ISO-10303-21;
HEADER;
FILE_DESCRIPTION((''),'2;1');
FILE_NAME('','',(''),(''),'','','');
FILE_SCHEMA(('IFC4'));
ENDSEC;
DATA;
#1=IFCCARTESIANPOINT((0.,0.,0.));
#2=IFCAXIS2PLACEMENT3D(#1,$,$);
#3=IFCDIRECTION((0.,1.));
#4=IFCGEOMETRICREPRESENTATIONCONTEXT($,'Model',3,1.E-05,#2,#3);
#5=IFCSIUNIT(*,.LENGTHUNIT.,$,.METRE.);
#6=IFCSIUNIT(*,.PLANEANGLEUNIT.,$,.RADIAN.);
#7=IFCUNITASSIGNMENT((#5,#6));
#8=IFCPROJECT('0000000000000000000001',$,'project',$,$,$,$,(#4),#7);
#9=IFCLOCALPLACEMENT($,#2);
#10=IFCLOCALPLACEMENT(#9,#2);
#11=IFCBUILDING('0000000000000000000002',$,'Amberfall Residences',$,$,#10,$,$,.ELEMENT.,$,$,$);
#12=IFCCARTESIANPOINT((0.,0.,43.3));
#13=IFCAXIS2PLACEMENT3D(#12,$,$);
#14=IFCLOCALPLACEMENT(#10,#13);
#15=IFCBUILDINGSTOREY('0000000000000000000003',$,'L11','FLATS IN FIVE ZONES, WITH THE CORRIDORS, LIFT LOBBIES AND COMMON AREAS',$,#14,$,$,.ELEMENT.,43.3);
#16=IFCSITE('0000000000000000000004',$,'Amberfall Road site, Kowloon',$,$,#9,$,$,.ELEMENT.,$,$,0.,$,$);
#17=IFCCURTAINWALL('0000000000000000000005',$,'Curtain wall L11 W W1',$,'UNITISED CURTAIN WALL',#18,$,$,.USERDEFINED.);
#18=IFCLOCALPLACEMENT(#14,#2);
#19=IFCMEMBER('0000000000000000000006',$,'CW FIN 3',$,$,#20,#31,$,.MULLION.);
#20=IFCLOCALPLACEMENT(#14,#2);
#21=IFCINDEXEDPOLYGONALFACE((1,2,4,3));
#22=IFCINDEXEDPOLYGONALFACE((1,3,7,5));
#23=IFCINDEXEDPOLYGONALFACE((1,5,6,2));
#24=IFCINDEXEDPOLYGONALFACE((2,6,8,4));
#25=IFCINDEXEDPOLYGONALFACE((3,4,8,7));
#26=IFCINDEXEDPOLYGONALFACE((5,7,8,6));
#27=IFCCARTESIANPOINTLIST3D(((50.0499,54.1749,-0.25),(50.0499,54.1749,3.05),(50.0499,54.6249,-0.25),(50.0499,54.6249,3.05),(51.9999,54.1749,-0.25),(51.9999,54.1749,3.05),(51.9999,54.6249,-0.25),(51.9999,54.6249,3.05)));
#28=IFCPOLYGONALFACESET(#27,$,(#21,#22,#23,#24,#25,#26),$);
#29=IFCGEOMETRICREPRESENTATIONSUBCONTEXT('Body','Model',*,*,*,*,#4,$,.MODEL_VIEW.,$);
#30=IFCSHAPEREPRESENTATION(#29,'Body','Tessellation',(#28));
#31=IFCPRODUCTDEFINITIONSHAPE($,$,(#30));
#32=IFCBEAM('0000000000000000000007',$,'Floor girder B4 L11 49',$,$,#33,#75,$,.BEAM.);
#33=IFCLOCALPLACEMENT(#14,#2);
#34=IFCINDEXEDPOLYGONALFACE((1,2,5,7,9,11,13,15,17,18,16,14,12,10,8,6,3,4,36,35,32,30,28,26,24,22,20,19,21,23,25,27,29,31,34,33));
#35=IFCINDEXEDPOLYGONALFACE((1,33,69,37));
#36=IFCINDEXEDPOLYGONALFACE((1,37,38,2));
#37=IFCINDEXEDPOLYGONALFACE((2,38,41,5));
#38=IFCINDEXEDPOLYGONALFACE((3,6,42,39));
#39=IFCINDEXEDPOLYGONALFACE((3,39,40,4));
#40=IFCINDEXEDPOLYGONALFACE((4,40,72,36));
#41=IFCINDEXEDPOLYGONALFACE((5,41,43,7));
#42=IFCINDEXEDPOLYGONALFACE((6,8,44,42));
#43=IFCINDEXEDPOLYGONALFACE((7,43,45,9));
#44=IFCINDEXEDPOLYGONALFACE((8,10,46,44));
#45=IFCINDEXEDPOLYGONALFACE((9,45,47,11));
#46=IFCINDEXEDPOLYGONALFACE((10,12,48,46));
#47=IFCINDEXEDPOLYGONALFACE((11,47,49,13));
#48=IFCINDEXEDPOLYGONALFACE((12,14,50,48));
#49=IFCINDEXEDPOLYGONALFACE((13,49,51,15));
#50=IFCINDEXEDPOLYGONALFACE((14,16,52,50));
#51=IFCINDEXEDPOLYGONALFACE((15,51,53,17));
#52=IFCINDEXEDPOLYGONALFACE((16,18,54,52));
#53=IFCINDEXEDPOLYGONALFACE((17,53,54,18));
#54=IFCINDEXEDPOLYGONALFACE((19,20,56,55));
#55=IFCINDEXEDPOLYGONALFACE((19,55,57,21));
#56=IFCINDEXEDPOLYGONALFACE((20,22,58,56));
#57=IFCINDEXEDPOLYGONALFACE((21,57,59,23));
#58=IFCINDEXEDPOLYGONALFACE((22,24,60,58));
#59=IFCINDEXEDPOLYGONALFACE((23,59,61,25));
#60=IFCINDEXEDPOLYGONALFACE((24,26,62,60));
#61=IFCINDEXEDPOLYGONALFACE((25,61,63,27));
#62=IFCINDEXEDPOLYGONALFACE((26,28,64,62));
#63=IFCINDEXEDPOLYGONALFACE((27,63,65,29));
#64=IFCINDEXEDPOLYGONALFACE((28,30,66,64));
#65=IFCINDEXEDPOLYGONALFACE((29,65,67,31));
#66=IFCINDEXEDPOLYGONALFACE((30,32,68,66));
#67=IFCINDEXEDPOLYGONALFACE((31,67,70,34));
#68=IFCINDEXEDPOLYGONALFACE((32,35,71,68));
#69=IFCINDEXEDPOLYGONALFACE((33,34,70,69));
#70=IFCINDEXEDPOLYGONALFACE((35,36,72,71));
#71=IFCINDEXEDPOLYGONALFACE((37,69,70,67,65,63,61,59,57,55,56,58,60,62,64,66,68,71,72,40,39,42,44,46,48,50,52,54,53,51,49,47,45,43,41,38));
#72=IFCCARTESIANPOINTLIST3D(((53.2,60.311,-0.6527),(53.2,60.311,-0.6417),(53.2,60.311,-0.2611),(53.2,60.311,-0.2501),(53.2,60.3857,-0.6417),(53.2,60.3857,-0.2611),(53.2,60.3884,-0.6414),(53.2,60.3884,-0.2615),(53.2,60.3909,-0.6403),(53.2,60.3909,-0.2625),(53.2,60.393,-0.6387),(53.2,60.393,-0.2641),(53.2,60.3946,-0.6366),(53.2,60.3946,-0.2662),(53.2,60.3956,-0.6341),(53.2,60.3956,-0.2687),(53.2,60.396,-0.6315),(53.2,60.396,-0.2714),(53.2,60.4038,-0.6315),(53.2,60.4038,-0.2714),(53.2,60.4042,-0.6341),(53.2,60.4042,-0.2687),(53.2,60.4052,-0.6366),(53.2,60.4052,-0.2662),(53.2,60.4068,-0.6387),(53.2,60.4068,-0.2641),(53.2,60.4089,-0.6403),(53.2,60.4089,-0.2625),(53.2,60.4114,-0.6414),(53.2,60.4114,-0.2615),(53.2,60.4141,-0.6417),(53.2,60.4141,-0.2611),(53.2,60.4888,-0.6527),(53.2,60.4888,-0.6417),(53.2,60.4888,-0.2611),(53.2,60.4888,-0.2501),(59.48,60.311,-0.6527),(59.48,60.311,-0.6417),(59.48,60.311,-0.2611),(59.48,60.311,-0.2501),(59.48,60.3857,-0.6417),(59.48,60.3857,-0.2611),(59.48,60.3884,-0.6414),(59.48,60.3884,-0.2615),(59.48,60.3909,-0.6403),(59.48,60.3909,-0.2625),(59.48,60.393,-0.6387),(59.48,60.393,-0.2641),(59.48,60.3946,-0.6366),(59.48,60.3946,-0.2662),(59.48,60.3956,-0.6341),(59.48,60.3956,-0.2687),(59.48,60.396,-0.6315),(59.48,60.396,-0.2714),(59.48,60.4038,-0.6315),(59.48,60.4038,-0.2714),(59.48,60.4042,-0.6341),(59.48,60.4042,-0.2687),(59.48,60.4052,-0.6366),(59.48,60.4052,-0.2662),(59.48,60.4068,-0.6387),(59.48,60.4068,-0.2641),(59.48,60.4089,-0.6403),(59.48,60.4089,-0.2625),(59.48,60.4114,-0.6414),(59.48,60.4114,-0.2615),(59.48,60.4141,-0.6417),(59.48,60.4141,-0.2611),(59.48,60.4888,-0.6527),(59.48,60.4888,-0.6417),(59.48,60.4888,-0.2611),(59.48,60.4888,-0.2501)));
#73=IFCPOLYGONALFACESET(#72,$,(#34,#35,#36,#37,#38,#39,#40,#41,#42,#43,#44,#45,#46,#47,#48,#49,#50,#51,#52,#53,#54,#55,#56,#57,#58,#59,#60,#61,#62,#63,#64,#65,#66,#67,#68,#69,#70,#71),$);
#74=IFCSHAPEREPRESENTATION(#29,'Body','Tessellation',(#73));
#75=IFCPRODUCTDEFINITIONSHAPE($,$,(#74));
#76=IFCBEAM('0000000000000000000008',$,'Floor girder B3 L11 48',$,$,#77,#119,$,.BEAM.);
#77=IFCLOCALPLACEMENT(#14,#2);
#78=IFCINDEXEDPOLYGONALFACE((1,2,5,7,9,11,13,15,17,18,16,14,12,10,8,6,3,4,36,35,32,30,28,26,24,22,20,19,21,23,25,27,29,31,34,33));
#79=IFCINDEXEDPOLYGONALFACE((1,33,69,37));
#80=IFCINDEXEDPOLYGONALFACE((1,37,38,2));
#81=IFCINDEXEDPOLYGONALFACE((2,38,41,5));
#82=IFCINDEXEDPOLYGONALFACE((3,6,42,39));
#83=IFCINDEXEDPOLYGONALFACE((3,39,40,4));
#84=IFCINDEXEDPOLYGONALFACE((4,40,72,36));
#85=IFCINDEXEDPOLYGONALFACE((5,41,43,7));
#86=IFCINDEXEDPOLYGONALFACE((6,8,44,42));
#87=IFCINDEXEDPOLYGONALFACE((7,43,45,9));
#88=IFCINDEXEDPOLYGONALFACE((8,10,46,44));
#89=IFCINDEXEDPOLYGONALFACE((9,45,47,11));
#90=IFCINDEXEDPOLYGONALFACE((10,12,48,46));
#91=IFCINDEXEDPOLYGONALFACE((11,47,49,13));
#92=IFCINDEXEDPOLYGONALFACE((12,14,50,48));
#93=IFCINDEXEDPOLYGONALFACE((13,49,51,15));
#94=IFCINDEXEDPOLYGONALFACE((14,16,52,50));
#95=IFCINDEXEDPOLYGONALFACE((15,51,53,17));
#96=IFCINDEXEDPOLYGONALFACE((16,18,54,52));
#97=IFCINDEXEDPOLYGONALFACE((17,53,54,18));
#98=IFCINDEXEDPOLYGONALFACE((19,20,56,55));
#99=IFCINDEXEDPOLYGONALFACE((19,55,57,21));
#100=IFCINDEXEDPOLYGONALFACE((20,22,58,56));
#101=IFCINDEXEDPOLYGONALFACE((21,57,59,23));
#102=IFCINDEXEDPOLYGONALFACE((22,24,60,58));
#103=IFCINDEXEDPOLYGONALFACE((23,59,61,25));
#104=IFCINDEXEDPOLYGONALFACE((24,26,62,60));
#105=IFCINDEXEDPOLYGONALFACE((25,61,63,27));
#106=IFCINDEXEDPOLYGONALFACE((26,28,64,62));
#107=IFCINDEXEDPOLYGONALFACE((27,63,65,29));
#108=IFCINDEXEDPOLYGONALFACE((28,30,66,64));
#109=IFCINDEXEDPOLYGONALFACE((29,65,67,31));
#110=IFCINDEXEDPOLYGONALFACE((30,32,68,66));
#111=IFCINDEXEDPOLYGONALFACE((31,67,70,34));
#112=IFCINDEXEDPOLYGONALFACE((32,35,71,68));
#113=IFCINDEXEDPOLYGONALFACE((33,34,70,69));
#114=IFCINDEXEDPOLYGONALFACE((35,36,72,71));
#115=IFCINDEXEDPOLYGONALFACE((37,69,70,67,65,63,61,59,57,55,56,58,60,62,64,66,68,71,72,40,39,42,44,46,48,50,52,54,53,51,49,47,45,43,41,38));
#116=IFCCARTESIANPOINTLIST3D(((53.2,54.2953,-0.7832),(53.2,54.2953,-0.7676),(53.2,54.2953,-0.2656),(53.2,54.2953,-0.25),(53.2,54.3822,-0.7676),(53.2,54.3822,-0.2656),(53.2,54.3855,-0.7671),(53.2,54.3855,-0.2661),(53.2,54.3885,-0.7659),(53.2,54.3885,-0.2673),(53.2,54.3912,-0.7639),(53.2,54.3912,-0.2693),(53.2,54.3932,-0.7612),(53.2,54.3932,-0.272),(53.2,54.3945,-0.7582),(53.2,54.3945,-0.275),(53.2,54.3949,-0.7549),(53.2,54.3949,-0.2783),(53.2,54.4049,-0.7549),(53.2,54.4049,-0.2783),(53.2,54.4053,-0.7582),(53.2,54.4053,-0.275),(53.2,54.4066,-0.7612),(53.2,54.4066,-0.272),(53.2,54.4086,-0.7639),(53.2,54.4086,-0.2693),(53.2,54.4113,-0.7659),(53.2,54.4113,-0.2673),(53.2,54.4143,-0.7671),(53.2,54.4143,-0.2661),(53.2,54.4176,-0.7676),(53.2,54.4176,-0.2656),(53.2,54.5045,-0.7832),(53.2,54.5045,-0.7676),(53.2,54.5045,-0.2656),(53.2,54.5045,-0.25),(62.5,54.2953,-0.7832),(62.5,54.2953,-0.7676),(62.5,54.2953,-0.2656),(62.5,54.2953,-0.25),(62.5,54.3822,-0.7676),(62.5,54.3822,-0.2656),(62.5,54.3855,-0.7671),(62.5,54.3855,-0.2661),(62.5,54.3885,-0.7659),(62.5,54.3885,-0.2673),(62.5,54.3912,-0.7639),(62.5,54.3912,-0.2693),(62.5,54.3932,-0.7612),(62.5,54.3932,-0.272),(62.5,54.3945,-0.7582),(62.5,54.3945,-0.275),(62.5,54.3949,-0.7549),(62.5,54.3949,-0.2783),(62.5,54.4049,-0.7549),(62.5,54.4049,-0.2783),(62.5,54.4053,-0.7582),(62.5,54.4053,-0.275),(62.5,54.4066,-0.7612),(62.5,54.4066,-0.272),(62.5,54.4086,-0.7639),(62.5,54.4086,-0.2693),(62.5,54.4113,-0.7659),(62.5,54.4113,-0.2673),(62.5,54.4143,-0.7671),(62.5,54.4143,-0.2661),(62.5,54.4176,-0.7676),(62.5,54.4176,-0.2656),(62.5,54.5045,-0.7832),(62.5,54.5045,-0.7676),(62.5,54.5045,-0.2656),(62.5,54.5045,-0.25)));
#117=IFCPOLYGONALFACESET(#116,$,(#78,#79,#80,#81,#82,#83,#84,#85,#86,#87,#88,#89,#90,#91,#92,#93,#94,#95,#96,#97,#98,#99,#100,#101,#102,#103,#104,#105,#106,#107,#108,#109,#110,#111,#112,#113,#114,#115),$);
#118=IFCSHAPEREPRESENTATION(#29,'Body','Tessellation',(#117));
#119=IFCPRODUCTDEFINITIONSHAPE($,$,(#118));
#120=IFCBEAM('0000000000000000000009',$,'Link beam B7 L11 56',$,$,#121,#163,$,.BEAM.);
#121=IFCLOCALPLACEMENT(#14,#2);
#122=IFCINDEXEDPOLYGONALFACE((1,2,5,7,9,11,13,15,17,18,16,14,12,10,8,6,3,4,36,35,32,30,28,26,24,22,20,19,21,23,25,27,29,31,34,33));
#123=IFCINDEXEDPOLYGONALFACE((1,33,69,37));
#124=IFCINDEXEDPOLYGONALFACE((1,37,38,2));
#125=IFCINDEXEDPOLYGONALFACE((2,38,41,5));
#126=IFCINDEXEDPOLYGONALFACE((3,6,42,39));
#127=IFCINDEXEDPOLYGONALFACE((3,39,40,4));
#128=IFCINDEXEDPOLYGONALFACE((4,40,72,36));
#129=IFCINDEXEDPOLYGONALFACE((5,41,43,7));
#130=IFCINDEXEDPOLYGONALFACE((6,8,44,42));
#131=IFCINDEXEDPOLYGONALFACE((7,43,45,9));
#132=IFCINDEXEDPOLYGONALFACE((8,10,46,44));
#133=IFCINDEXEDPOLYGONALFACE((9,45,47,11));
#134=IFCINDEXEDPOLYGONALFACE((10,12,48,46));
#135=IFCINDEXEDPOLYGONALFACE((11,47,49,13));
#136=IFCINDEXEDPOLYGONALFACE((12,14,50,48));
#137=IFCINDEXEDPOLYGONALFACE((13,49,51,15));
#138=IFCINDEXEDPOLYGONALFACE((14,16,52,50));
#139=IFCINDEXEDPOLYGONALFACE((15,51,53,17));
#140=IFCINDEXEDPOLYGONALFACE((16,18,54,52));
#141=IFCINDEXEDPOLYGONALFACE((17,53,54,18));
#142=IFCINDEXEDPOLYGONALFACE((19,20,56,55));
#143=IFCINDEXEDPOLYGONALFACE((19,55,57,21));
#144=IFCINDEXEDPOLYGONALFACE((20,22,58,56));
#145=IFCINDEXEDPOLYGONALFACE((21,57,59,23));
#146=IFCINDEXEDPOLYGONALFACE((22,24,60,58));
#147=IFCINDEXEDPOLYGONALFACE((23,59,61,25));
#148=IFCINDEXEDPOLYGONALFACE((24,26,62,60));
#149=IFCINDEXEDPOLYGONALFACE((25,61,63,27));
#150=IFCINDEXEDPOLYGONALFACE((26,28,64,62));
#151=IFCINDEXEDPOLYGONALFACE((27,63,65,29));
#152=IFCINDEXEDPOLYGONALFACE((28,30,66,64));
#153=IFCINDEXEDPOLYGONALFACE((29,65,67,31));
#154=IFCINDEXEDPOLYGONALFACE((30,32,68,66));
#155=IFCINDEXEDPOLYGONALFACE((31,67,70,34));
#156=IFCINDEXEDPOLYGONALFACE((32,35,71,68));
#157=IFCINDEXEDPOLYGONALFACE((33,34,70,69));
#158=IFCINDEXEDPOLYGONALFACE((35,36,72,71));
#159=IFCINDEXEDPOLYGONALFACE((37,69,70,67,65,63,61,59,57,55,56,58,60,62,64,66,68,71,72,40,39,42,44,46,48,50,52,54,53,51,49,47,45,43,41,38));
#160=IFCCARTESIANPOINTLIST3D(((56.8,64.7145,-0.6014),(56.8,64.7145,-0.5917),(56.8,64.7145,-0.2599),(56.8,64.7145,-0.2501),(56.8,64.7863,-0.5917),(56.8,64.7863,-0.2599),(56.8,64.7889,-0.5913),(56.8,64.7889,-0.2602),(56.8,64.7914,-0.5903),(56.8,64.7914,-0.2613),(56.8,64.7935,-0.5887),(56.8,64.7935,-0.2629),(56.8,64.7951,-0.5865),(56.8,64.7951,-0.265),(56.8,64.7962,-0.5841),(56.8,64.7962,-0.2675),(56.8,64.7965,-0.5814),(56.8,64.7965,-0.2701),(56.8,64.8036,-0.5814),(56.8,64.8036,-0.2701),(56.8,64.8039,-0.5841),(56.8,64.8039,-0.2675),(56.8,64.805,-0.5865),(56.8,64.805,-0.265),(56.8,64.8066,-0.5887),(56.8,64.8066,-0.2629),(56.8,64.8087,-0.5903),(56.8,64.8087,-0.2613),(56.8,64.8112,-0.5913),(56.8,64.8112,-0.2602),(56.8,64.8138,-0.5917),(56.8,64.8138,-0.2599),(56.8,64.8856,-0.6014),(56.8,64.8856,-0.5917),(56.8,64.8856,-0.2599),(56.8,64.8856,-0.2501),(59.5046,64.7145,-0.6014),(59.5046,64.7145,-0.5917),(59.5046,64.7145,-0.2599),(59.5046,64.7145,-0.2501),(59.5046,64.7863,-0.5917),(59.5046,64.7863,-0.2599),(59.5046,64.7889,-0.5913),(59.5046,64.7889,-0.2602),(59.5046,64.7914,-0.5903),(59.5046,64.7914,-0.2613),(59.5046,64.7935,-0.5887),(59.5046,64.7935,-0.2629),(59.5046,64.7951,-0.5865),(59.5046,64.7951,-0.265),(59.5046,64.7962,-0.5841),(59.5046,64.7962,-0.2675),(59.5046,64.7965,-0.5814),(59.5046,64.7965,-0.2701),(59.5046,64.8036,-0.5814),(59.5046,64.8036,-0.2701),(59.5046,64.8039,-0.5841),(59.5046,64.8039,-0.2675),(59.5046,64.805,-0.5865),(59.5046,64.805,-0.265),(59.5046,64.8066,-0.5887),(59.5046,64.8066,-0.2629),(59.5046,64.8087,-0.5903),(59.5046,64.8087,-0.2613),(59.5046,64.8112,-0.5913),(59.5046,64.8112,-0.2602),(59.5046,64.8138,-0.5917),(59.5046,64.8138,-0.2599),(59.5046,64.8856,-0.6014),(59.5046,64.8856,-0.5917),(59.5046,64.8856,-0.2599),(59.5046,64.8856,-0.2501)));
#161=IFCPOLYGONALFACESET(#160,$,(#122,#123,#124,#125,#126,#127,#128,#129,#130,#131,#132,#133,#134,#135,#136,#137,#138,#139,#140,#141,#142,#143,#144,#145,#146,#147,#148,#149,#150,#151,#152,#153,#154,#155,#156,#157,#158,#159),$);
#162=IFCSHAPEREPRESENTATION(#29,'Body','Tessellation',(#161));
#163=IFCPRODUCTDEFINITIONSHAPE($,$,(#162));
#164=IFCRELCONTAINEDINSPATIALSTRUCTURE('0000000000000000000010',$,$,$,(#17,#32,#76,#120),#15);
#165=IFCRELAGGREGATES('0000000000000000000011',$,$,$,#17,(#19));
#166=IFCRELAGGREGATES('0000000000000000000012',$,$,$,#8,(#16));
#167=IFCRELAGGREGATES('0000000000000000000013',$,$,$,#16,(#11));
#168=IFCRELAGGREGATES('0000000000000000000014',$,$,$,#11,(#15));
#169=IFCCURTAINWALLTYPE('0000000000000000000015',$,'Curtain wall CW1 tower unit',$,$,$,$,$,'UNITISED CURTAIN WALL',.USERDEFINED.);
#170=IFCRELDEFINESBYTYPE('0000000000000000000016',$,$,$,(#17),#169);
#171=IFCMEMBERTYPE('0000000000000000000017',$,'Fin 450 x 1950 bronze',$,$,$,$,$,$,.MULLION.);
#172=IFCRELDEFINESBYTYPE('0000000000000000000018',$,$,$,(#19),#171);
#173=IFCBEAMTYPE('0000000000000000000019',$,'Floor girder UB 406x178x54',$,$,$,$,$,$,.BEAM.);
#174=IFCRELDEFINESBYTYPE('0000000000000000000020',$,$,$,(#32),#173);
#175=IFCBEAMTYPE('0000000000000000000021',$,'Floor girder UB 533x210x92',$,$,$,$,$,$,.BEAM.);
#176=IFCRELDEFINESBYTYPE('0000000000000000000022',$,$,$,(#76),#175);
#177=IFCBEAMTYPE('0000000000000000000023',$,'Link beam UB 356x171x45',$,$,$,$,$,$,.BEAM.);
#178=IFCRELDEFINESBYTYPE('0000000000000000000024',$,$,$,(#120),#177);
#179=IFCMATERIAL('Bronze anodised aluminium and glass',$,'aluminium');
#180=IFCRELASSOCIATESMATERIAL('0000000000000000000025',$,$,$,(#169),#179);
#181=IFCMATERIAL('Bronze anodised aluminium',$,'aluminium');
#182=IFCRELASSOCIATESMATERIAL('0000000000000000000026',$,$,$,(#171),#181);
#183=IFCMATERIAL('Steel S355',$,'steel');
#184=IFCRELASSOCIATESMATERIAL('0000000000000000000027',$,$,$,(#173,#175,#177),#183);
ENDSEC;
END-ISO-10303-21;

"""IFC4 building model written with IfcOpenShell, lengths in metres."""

from ifc_helpers import new_model, si_unit, direction, frame, origin, origin_2d, place, context, subcontext, project, spatial, rectangle, i_section, extrude, material, material_profile, profile_set, type_object, element, aggregate, save


model = new_model("IFC4")

# Units and contexts
model_context = context("Model", 3, precision=1e-05, world=origin(), true_north=direction((0.0, 1.0)))
body_context = subcontext(model_context, "Body", "Model", "MODEL_VIEW")
ifc_project = project(units=[si_unit("LENGTHUNIT", "METRE"), si_unit("PLANEANGLEUNIT", "RADIAN")], contexts=[model_context])

# Site, building, storey
site_placement = place(None, origin())
site = spatial("IfcSite", under=ifc_project, at=site_placement, Name="Amberfall Road site, Kowloon", CompositionType="ELEMENT", RefElevation=0.0)
building_placement = place(site_placement, origin())
building = spatial("IfcBuilding", under=site, at=building_placement, Name="Amberfall Residences", CompositionType="ELEMENT")
storey_placement = place(building_placement, frame((0.0, 0.0, 43.3)))
storey = spatial("IfcBuildingStorey", under=building, at=storey_placement, Name="L11", Description="FLATS IN FIVE ZONES, WITH THE CORRIDORS, LIFT LOBBIES AND COMMON AREAS", CompositionType="ELEMENT", Elevation=43.3)

# Shared definitions
ifc_material_1 = material(Name="Bronze anodised aluminium and glass", Category="aluminium")
curtain_wall_type = type_object("IfcCurtainWallType", Name="Curtain wall CW1 tower unit", ElementType="UNITISED CURTAIN WALL", PredefinedType="USERDEFINED", material=ifc_material_1)
ifc_material_2 = material(Name="Bronze anodised aluminium", Category="aluminium")

# Curtain wall
curtain_wall_1_placement = place(storey_placement, origin())
curtain_wall_1 = element("IfcCurtainWall", 1, at=curtain_wall_1_placement, inside=storey, type_object=curtain_wall_type, Name="Curtain wall L11 W W1", ObjectType="UNITISED CURTAIN WALL", PredefinedType="USERDEFINED")

# Shared definitions
ifc_material_3 = material(Name="Steel S355", Category="steel")

# Member
ifc_material_profile_1 = material_profile(ifc_material_2, rectangle(XDim=1.95, YDim=0.45, at=origin_2d()), Name="Fin 450 x 1950 bronze")
ifc_profile_set_1 = profile_set([ifc_material_profile_1], Name="Bronze anodised aluminium")
member_type_1 = type_object("IfcMemberType", Name="Fin 450 x 1950 bronze", PredefinedType="MULLION", material=ifc_profile_set_1)
member_1_placement = place(storey_placement, frame((51.0249, 54.3999, -0.25), z_axis=(0.0, 0.0, 1.0), x_axis=(1.0, 0.0, 0.0)))
member_1 = element("IfcMember", 2, at=member_1_placement, type_object=member_type_1, Name="CW FIN 3", PredefinedType="MULLION", context=body_context, shape_type="SweptSolid", body=[
    extrude(rectangle(XDim=1.95, YDim=0.45, at=origin_2d()), origin(), (0.0, 0.0, 1.0), 3.3),
])

# Beams
ifc_material_profile_2 = material_profile(ifc_material_3, i_section(OverallWidth=0.1777, OverallDepth=0.4026, WebThickness=0.0078, FlangeThickness=0.011, FilletRadius=0.0103, at=origin_2d()), Name="UB 406x178x54")
ifc_profile_set_2 = profile_set([ifc_material_profile_2], Name="Steel S355")
beam_type_1 = type_object("IfcBeamType", Name="Floor girder UB 406x178x54", PredefinedType="BEAM", material=ifc_profile_set_2)
beam_1_placement = place(storey_placement, frame((53.2, 60.3999, -0.4514), z_axis=(1.0, 0.0, 0.0), x_axis=(0.0, 1.0, 0.0)))
element("IfcBeam", 3, at=beam_1_placement, inside=storey, type_object=beam_type_1, Name="Floor girder B4 L11 49", PredefinedType="BEAM", context=body_context, shape_type="SweptSolid", body=[
    extrude(i_section(OverallWidth=0.1777, OverallDepth=0.4026, WebThickness=0.0078, FlangeThickness=0.011, FilletRadius=0.0103, at=origin_2d()), origin(), (0.0, 0.0, 1.0), 6.28),
])
ifc_material_profile_3 = material_profile(ifc_material_3, i_section(OverallWidth=0.2092, OverallDepth=0.5332, WebThickness=0.01, FlangeThickness=0.0156, FilletRadius=0.0127, at=origin_2d()), Name="UB 533x210x92")
ifc_profile_set_3 = profile_set([ifc_material_profile_3], Name="Steel S355")
beam_type_2 = type_object("IfcBeamType", Name="Floor girder UB 533x210x92", PredefinedType="BEAM", material=ifc_profile_set_3)
beam_2_placement = place(storey_placement, frame((53.2, 54.3999, -0.5166), z_axis=(1.0, 0.0, 0.0), x_axis=(0.0, 1.0, 0.0)))
element("IfcBeam", 4, at=beam_2_placement, inside=storey, type_object=beam_type_2, Name="Floor girder B3 L11 48", PredefinedType="BEAM", context=body_context, shape_type="SweptSolid", body=[
    extrude(i_section(OverallWidth=0.2092, OverallDepth=0.5332, WebThickness=0.01, FlangeThickness=0.0156, FilletRadius=0.0127, at=origin_2d()), origin(), (0.0, 0.0, 1.0), 9.3),
])
ifc_material_profile_4 = material_profile(ifc_material_3, i_section(OverallWidth=0.1711, OverallDepth=0.3513, WebThickness=0.0071, FlangeThickness=0.0098, FilletRadius=0.0103, at=origin_2d()), Name="UB 356x171x45")
ifc_profile_set_4 = profile_set([ifc_material_profile_4], Name="Steel S355")
beam_type_3 = type_object("IfcBeamType", Name="Link beam UB 356x171x45", PredefinedType="BEAM", material=ifc_profile_set_4)
beam_3_placement = place(storey_placement, frame((56.8, 64.8, -0.4258), z_axis=(1.0, 0.0, 0.0), x_axis=(0.0, 1.0, 0.0)))
element("IfcBeam", 5, at=beam_3_placement, inside=storey, type_object=beam_type_3, Name="Link beam B7 L11 56", PredefinedType="BEAM", context=body_context, shape_type="SweptSolid", body=[
    extrude(i_section(OverallWidth=0.1711, OverallDepth=0.3513, WebThickness=0.0071, FlangeThickness=0.0098, FilletRadius=0.0103, at=origin_2d()), origin(), (0.0, 0.0, 1.0), 2.7046),
])

aggregate(curtain_wall_1, [member_1])

save(model, "model.ifc")
